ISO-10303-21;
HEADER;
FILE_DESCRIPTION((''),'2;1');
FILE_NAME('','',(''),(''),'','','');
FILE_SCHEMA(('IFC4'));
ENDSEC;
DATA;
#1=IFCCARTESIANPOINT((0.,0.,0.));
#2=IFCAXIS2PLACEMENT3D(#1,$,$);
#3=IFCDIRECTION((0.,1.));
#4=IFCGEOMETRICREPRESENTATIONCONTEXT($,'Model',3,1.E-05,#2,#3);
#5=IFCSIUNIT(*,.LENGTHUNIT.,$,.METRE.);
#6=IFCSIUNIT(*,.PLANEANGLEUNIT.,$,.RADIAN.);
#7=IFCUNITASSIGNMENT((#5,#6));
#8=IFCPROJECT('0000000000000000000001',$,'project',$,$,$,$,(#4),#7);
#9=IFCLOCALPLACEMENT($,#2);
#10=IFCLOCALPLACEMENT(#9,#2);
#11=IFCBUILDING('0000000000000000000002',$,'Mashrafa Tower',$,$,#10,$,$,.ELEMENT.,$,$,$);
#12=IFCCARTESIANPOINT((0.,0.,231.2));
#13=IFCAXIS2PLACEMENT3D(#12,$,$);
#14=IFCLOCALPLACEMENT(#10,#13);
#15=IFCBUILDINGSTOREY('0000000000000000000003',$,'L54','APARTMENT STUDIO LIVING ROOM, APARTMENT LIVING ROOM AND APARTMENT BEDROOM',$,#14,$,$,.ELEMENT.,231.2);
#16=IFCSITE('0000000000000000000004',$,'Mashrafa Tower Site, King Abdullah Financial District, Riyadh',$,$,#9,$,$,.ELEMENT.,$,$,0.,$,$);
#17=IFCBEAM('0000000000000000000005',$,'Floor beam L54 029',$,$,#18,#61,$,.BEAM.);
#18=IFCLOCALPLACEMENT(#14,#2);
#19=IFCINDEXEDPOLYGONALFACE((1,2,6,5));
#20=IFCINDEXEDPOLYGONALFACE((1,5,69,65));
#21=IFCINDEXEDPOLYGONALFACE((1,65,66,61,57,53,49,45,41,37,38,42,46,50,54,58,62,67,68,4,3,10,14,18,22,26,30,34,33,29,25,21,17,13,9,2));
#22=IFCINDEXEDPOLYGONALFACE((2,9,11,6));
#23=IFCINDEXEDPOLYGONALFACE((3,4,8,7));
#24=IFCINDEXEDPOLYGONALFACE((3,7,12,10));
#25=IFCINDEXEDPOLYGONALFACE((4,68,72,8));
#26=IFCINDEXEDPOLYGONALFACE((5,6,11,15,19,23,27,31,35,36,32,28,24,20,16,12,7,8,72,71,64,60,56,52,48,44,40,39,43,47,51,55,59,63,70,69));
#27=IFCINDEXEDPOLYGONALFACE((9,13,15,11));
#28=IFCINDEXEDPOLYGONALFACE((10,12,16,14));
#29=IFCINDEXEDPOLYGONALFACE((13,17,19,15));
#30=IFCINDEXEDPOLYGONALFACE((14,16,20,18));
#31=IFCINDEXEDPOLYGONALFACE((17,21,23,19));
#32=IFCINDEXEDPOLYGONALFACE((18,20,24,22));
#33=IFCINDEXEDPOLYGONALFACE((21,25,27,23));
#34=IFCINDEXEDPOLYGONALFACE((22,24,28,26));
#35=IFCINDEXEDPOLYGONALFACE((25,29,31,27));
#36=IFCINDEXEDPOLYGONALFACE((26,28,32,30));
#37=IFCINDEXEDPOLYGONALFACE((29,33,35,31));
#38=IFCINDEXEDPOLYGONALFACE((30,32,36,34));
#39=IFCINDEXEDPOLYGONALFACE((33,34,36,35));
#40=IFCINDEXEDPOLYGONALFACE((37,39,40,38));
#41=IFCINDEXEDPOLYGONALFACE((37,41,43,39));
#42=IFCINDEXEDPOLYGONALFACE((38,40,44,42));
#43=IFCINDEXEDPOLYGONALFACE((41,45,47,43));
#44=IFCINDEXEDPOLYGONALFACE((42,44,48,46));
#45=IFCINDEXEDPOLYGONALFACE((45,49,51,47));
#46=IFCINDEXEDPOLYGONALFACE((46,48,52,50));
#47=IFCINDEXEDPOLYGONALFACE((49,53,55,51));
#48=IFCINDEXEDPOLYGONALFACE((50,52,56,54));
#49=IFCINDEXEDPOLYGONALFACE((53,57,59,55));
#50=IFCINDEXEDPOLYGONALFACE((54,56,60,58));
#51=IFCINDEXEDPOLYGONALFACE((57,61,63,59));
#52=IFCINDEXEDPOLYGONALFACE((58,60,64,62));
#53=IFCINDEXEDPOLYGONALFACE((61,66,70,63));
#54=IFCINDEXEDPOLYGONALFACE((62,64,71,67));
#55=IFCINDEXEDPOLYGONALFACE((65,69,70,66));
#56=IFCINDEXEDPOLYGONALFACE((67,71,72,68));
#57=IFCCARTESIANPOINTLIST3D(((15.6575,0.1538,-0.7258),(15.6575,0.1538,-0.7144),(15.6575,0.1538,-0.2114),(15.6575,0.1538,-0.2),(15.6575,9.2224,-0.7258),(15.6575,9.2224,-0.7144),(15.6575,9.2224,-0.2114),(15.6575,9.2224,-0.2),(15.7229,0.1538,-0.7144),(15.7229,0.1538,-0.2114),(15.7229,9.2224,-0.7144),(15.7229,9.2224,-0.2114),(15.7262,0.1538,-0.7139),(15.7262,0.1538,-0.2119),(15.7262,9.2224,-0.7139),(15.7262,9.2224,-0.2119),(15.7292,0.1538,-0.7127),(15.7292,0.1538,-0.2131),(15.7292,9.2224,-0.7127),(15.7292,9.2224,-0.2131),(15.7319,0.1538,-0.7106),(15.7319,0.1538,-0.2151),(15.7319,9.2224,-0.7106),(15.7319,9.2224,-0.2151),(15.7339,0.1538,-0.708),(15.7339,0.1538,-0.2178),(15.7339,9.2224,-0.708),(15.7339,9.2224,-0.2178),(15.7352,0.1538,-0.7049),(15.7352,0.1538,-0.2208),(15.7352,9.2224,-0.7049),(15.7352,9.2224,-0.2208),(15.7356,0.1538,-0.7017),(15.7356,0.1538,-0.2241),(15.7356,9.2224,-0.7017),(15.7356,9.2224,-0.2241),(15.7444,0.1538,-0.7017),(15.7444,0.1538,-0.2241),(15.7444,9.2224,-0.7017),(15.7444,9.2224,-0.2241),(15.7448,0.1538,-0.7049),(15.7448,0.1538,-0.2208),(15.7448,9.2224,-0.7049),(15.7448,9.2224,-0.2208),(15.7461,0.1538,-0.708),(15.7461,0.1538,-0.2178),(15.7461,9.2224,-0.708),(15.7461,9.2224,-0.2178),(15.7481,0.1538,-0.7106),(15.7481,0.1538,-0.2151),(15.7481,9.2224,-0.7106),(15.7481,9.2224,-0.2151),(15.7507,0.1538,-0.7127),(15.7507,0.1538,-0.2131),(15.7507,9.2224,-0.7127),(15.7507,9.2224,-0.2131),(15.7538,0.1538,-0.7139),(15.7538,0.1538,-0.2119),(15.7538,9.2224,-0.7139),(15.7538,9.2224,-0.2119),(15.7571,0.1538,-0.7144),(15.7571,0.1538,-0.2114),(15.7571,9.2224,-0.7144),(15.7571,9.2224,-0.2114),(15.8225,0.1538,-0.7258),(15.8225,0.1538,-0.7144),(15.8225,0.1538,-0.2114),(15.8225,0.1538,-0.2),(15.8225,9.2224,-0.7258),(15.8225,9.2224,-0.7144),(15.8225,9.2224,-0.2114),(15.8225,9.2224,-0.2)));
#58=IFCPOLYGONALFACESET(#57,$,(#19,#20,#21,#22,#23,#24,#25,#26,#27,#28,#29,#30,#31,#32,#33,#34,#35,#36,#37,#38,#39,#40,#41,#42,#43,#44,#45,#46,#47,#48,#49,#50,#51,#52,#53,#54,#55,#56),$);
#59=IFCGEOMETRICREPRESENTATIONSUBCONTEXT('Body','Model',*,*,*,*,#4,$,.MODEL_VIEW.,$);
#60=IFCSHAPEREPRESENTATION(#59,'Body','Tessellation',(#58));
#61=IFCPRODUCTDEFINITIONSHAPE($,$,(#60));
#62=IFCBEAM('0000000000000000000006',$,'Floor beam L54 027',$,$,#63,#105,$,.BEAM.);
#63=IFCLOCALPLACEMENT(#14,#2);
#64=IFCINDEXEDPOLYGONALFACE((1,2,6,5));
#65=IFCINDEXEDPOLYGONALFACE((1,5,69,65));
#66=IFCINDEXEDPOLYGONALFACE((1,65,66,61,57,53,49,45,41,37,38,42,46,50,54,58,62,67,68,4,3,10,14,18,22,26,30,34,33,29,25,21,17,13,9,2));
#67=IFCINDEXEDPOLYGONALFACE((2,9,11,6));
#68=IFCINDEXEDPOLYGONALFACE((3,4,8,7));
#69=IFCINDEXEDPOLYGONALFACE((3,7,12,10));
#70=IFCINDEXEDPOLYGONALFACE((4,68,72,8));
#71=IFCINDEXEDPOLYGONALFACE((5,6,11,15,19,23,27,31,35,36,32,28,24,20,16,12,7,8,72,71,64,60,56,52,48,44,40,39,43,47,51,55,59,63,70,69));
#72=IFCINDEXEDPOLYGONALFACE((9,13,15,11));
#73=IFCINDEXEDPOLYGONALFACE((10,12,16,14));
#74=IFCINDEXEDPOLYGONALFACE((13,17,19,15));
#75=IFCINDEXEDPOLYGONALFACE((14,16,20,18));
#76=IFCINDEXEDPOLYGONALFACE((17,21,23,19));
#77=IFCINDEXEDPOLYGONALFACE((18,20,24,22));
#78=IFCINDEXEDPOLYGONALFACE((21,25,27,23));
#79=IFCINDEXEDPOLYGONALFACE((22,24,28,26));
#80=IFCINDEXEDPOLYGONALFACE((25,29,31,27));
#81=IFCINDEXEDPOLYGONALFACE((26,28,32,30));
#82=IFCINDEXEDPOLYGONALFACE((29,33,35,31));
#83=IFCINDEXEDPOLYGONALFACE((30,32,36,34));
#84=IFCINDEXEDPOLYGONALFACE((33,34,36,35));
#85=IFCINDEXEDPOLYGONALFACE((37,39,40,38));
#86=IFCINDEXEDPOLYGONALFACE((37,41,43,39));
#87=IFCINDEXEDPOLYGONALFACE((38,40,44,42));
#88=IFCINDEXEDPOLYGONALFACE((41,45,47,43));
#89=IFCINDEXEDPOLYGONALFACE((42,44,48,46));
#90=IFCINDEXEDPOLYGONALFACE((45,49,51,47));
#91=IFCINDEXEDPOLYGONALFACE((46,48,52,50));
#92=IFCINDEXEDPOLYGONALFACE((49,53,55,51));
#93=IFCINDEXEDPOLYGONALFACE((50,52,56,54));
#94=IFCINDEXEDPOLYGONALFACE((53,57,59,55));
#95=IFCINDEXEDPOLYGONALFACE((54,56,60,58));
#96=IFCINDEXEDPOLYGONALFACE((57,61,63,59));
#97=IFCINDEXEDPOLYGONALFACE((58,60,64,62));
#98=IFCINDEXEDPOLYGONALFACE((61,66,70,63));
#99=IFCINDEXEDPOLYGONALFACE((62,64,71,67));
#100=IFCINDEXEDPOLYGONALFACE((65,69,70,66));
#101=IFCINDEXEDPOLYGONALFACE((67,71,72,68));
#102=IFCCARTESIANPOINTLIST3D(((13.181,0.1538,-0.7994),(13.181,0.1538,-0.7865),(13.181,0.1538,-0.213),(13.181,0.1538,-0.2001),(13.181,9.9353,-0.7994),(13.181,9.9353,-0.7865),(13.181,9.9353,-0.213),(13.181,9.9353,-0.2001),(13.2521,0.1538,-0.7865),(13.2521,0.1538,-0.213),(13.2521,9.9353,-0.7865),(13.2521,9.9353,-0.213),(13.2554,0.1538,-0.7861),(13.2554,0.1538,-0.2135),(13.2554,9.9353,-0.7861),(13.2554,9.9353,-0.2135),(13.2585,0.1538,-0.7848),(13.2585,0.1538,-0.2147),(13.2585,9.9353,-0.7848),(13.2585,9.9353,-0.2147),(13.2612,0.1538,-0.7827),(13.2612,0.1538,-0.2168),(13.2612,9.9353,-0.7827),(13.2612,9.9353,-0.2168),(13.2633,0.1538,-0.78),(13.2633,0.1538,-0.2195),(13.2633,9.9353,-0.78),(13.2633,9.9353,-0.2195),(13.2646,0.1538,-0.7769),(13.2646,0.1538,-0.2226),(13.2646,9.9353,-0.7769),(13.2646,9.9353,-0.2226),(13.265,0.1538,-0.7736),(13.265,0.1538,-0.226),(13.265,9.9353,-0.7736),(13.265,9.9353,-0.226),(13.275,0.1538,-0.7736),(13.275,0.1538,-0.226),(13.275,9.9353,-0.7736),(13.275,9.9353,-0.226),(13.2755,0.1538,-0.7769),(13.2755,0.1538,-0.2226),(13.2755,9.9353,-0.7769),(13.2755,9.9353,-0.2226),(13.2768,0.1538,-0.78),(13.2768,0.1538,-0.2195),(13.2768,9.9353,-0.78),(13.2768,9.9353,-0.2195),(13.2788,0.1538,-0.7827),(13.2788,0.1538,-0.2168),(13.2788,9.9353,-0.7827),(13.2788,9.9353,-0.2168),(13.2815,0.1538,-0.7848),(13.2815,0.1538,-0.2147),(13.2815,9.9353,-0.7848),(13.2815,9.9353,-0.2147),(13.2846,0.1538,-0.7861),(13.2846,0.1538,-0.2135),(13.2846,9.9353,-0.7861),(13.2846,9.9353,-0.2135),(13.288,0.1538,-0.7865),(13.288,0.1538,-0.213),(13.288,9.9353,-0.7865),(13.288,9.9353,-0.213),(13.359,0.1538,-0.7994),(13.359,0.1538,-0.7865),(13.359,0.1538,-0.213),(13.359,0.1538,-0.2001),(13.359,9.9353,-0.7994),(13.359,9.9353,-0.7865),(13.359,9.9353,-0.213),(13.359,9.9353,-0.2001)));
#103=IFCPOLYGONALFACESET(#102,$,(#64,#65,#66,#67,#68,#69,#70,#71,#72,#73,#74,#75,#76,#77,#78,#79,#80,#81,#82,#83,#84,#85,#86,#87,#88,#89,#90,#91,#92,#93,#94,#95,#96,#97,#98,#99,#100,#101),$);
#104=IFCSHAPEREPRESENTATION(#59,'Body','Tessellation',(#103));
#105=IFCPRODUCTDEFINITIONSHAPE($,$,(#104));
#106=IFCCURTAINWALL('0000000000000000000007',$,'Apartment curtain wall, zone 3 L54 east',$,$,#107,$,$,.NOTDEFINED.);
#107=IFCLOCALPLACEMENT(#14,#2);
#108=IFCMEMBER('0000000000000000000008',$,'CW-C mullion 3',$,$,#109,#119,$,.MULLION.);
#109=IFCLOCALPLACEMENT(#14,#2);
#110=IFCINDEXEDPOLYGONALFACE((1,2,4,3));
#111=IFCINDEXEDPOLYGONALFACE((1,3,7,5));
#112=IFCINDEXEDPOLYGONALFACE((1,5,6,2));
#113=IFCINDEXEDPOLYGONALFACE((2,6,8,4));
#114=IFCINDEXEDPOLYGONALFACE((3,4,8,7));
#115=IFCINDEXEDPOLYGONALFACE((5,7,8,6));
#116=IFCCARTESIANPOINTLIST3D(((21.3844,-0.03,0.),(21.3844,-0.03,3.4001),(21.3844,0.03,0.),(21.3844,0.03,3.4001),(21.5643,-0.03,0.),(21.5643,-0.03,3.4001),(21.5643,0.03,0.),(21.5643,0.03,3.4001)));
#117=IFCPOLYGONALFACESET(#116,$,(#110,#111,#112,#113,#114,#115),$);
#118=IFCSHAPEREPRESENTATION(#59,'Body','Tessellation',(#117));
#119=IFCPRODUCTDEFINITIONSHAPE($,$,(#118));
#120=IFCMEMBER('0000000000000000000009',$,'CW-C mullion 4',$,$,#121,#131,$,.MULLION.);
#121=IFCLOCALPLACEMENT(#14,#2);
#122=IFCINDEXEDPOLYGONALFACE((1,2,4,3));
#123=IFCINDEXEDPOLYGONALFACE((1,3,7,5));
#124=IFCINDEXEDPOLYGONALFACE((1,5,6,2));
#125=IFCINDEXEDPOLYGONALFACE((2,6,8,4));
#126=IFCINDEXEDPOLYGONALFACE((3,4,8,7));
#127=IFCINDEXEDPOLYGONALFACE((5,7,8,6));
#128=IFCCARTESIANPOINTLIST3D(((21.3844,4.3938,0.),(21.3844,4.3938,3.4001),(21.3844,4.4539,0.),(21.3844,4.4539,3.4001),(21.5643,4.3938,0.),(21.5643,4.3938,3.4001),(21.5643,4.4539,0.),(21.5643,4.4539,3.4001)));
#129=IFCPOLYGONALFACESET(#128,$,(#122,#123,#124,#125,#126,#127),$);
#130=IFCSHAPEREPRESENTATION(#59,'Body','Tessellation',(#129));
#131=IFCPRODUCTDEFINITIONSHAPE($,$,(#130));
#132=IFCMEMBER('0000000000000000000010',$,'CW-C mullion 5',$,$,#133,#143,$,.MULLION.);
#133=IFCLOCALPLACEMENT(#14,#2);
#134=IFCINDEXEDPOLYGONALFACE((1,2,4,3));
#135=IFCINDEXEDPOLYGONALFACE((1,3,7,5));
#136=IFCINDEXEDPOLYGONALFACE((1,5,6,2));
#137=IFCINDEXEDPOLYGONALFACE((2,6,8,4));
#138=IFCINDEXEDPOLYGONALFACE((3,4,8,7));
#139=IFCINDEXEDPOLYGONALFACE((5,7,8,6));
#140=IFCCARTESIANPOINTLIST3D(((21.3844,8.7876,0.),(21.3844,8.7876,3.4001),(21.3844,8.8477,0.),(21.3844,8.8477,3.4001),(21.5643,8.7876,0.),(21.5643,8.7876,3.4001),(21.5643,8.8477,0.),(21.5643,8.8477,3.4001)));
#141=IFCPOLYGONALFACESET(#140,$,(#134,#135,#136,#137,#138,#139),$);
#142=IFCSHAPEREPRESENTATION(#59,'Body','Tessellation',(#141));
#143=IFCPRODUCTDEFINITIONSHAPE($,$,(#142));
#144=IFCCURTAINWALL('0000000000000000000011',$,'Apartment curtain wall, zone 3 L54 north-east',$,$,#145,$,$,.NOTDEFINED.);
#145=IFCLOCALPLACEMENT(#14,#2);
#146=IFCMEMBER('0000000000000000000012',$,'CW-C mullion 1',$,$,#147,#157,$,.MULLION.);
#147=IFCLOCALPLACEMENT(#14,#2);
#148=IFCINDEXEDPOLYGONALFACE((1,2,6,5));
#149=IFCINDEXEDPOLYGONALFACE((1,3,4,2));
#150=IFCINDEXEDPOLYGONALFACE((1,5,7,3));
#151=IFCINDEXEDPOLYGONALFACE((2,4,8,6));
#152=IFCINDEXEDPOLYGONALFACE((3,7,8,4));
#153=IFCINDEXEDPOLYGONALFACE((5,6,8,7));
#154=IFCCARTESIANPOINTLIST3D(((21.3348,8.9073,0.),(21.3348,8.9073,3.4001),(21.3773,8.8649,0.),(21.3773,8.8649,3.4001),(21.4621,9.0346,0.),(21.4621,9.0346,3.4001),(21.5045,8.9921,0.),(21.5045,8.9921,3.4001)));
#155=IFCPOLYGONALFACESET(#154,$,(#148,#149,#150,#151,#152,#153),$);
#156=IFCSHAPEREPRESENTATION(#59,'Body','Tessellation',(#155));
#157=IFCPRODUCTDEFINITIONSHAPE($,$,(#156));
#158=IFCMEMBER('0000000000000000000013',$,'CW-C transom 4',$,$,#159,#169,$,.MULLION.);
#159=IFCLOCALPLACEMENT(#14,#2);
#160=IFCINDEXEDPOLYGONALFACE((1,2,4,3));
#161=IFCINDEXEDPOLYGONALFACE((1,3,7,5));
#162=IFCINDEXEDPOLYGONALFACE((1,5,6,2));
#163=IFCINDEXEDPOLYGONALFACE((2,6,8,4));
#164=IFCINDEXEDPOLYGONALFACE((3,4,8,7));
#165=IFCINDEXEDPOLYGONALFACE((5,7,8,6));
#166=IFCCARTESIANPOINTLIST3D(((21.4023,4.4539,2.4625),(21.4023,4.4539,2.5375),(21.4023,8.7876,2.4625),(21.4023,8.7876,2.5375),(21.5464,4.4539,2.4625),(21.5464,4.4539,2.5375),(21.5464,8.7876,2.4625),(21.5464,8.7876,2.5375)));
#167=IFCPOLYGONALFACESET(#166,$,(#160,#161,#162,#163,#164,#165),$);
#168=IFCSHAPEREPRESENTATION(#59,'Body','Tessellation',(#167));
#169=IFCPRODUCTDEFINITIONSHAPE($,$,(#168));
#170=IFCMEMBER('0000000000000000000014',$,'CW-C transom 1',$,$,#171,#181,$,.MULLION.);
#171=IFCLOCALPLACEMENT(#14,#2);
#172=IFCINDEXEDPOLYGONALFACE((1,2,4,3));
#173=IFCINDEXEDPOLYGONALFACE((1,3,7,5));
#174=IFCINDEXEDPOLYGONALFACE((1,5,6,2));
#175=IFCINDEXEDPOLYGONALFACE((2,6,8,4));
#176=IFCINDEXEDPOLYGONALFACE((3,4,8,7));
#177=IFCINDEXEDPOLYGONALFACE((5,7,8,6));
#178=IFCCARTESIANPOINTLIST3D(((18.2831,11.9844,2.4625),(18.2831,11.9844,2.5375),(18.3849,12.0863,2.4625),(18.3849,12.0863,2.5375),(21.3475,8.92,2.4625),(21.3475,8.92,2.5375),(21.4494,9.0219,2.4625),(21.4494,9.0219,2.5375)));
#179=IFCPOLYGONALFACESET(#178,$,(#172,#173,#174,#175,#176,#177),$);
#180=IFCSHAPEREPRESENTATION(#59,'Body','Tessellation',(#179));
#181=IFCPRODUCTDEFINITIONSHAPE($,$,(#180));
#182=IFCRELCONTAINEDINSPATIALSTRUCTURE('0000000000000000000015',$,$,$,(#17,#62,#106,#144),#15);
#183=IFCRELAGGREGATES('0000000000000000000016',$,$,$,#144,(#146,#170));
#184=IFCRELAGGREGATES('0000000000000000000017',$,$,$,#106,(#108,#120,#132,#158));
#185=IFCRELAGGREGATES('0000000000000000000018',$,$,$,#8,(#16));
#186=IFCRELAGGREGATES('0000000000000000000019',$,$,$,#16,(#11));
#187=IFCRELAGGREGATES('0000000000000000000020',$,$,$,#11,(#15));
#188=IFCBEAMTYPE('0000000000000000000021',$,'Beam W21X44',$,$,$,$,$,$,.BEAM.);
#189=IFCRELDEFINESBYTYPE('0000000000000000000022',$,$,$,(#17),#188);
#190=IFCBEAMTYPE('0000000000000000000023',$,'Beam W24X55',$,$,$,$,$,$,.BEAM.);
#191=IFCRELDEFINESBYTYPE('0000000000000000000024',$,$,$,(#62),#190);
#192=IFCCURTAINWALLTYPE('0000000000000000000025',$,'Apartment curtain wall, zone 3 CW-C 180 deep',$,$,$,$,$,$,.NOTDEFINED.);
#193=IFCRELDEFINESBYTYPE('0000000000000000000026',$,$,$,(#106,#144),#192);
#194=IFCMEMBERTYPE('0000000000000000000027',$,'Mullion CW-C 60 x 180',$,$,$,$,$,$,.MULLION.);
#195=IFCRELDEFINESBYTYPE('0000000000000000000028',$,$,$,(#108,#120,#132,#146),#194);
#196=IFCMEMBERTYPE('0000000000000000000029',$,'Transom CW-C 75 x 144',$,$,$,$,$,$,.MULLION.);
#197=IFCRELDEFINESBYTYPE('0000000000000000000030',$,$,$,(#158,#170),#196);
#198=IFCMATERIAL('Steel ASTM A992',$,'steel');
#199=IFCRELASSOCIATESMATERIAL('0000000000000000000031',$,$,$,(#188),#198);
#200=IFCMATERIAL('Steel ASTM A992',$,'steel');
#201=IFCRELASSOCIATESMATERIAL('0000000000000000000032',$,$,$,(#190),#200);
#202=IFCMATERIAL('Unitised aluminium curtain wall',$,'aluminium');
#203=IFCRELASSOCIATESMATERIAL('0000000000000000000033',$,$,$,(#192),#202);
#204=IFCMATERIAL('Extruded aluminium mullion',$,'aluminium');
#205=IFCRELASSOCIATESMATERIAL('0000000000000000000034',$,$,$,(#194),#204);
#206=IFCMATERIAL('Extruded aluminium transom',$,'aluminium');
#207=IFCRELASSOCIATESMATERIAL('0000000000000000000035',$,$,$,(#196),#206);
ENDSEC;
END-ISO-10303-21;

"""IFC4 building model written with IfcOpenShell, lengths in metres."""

from ifc_helpers import new_model, si_unit, direction, frame, origin, origin_2d, place, context, subcontext, project, spatial, rectangle, i_section, extrude, source, transform, mapped, material, material_profile, profile_set, type_object, type_shapes, element, aggregate, save


model = new_model("IFC4")

# Units and contexts
model_context = context("Model", 3, precision=1e-05, world=origin(), true_north=direction((0.0, 1.0)))
body_context = subcontext(model_context, "Body", "Model", "MODEL_VIEW")
ifc_project = project(units=[si_unit("LENGTHUNIT", "METRE"), si_unit("PLANEANGLEUNIT", "RADIAN")], contexts=[model_context])

# Site, building, storey
site_placement = place(None, origin())
site = spatial("IfcSite", under=ifc_project, at=site_placement, Name="Mashrafa Tower Site, King Abdullah Financial District, Riyadh", CompositionType="ELEMENT", RefElevation=0.0)
building_placement = place(site_placement, origin())
building = spatial("IfcBuilding", under=site, at=building_placement, Name="Mashrafa Tower", CompositionType="ELEMENT")
storey_placement = place(building_placement, frame((0.0, 0.0, 231.2)))
storey = spatial("IfcBuildingStorey", under=building, at=storey_placement, Name="L54", Description="APARTMENT STUDIO LIVING ROOM, APARTMENT LIVING ROOM AND APARTMENT BEDROOM", CompositionType="ELEMENT", Elevation=231.2)

# Beams
ifc_material_1 = material(Name="Steel ASTM A992", Category="steel")
ifc_material_profile_1 = material_profile(ifc_material_1, i_section(OverallWidth=0.165, OverallDepth=0.5259, WebThickness=0.0088, FlangeThickness=0.0115, FilletRadius=0.0127, at=origin_2d()), Name="W21X44")
ifc_profile_set_1 = profile_set([ifc_material_profile_1], Name="Steel ASTM A992")
beam_type_1 = type_object("IfcBeamType", Name="Beam W21X44", PredefinedType="BEAM", material=ifc_profile_set_1)
beam_1_placement = place(storey_placement, frame((15.74, 9.2224, -0.4629), z_axis=(0.0, -1.0, 0.0), x_axis=(1.0, 0.0, 0.0)))
element("IfcBeam", 1, at=beam_1_placement, inside=storey, type_object=beam_type_1, Name="Floor beam L54 029", PredefinedType="BEAM", context=body_context, shape_type="SweptSolid", body=[
    extrude(i_section(OverallWidth=0.165, OverallDepth=0.5259, WebThickness=0.0088, FlangeThickness=0.0115, FilletRadius=0.0127, at=origin_2d()), origin(), (0.0, 0.0, 1.0), 9.0686),
])
ifc_material_2 = material(Name="Steel ASTM A992", Category="steel")
ifc_material_profile_2 = material_profile(ifc_material_2, i_section(OverallWidth=0.178, OverallDepth=0.5994, WebThickness=0.01, FlangeThickness=0.0129, FilletRadius=0.0129, at=origin_2d()), Name="W24X55")
ifc_profile_set_2 = profile_set([ifc_material_profile_2], Name="Steel ASTM A992")
beam_type_2 = type_object("IfcBeamType", Name="Beam W24X55", PredefinedType="BEAM", material=ifc_profile_set_2)
beam_2_placement = place(storey_placement, frame((13.27, 9.9353, -0.4998), z_axis=(0.0, -1.0, 0.0), x_axis=(1.0, 0.0, 0.0)))
element("IfcBeam", 2, at=beam_2_placement, inside=storey, type_object=beam_type_2, Name="Floor beam L54 027", PredefinedType="BEAM", context=body_context, shape_type="SweptSolid", body=[
    extrude(i_section(OverallWidth=0.178, OverallDepth=0.5994, WebThickness=0.01, FlangeThickness=0.0129, FilletRadius=0.0129, at=origin_2d()), origin(), (0.0, 0.0, 1.0), 9.7815),
])

# Curtain wall, members
ifc_material_3 = material(Name="Unitised aluminium curtain wall", Category="aluminium")
curtain_wall_type = type_object("IfcCurtainWallType", Name="Apartment curtain wall, zone 3 CW-C 180 deep", PredefinedType="NOTDEFINED", material=ifc_material_3)
curtain_wall_1_placement = place(storey_placement, origin())
curtain_wall_1 = element("IfcCurtainWall", 3, at=curtain_wall_1_placement, inside=storey, type_object=curtain_wall_type, Name="Apartment curtain wall, zone 3 L54 east", PredefinedType="NOTDEFINED")
ifc_material_4 = material(Name="Extruded aluminium mullion", Category="aluminium")
ifc_material_profile_3 = material_profile(ifc_material_4, rectangle(XDim=0.1799, YDim=0.0601, at=origin_2d()), Name="Mullion 60x180")
ifc_profile_set_3 = profile_set([ifc_material_profile_3], Name="Extruded aluminium mullion")
member_type_1 = type_object("IfcMemberType", Name="Mullion CW-C 60 x 180", PredefinedType="MULLION", material=ifc_profile_set_3)
shared_shape_1 = source(origin(), body_context, "Body", "SweptSolid", [
    extrude(rectangle(XDim=0.1799, YDim=0.0601, at=origin_2d()), origin(), (0.0, 0.0, 1.0), 3.4001),
])
type_shapes(member_type_1, [shared_shape_1])
member_1_placement = place(storey_placement, frame((21.4744, 0.0, 0.0), z_axis=(0.0, 0.0, 1.0), x_axis=(-1.0, 0.0, 0.0)))
member_1 = element("IfcMember", 4, at=member_1_placement, type_object=member_type_1, Name="CW-C mullion 3", PredefinedType="MULLION", context=body_context, shape_type="MappedRepresentation", body=[
    mapped(shared_shape_1, transform((0.0, 0.0, 0.0))),
])
member_2_placement = place(storey_placement, frame((21.4744, 4.4238, 0.0), z_axis=(0.0, 0.0, 1.0), x_axis=(-1.0, 0.0, 0.0)))
member_2 = element("IfcMember", 5, at=member_2_placement, type_object=member_type_1, Name="CW-C mullion 4", PredefinedType="MULLION", context=body_context, shape_type="MappedRepresentation", body=[
    mapped(shared_shape_1, transform((0.0, 0.0, 0.0))),
])
member_3_placement = place(storey_placement, frame((21.4744, 8.8176, 0.0), z_axis=(0.0, 0.0, 1.0), x_axis=(-1.0, 0.0, 0.0)))
member_3 = element("IfcMember", 6, at=member_3_placement, type_object=member_type_1, Name="CW-C mullion 5", PredefinedType="MULLION", context=body_context, shape_type="MappedRepresentation", body=[
    mapped(shared_shape_1, transform((0.0, 0.0, 0.0))),
])

# Curtain wall, member
curtain_wall_2_placement = place(storey_placement, origin())
curtain_wall_2 = element("IfcCurtainWall", 7, at=curtain_wall_2_placement, inside=storey, type_object=curtain_wall_type, Name="Apartment curtain wall, zone 3 L54 north-east", PredefinedType="NOTDEFINED")
member_4_placement = place(storey_placement, frame((21.4197, 8.9497, 0.0), z_axis=(0.0, 0.0, 1.0), x_axis=(-0.707107, -0.707107, 0.0)))
member_4 = element("IfcMember", 8, at=member_4_placement, type_object=member_type_1, Name="CW-C mullion 1", PredefinedType="MULLION", context=body_context, shape_type="MappedRepresentation", body=[
    mapped(shared_shape_1, transform((0.0, 0.0, 0.0))),
])

# Members
ifc_material_5 = material(Name="Extruded aluminium transom", Category="aluminium")
ifc_material_profile_4 = material_profile(ifc_material_5, rectangle(XDim=0.144, YDim=0.075, at=origin_2d()), Name="Transom 75x144")
ifc_profile_set_4 = profile_set([ifc_material_profile_4], Name="Extruded aluminium transom")
member_type_2 = type_object("IfcMemberType", Name="Transom CW-C 75 x 144", PredefinedType="MULLION", material=ifc_profile_set_4)
shared_shape_2 = source(origin(), body_context, "Body", "SweptSolid", [
    extrude(rectangle(XDim=0.144, YDim=0.075, at=origin_2d()), origin(), (0.0, 0.0, 1.0), 4.3337),
])
member_5_placement = place(storey_placement, frame((21.4744, 4.4539, 2.5), z_axis=(0.0, 1.0, 0.0), x_axis=(-1.0, 0.0, 0.0)))
member_5 = element("IfcMember", 9, at=member_5_placement, type_object=member_type_2, Name="CW-C transom 4", PredefinedType="MULLION", context=body_context, shape_type="MappedRepresentation", body=[
    mapped(shared_shape_2, transform((0.0, 0.0, 0.0))),
])
member_6_placement = place(storey_placement, frame((21.3984, 8.9709, 2.5), z_axis=(-0.707107, 0.707107, 0.0), x_axis=(-0.707107, -0.707107, 0.0)))
member_6 = element("IfcMember", 10, at=member_6_placement, type_object=member_type_2, Name="CW-C transom 1", PredefinedType="MULLION", context=body_context, shape_type="MappedRepresentation", body=[
    mapped(shared_shape_2, transform((0.0, 0.0, 0.0))),
])
aggregate(curtain_wall_2, [member_4, member_6])

aggregate(curtain_wall_1, [member_1, member_2, member_3, member_5])

save(model, "model.ifc")
